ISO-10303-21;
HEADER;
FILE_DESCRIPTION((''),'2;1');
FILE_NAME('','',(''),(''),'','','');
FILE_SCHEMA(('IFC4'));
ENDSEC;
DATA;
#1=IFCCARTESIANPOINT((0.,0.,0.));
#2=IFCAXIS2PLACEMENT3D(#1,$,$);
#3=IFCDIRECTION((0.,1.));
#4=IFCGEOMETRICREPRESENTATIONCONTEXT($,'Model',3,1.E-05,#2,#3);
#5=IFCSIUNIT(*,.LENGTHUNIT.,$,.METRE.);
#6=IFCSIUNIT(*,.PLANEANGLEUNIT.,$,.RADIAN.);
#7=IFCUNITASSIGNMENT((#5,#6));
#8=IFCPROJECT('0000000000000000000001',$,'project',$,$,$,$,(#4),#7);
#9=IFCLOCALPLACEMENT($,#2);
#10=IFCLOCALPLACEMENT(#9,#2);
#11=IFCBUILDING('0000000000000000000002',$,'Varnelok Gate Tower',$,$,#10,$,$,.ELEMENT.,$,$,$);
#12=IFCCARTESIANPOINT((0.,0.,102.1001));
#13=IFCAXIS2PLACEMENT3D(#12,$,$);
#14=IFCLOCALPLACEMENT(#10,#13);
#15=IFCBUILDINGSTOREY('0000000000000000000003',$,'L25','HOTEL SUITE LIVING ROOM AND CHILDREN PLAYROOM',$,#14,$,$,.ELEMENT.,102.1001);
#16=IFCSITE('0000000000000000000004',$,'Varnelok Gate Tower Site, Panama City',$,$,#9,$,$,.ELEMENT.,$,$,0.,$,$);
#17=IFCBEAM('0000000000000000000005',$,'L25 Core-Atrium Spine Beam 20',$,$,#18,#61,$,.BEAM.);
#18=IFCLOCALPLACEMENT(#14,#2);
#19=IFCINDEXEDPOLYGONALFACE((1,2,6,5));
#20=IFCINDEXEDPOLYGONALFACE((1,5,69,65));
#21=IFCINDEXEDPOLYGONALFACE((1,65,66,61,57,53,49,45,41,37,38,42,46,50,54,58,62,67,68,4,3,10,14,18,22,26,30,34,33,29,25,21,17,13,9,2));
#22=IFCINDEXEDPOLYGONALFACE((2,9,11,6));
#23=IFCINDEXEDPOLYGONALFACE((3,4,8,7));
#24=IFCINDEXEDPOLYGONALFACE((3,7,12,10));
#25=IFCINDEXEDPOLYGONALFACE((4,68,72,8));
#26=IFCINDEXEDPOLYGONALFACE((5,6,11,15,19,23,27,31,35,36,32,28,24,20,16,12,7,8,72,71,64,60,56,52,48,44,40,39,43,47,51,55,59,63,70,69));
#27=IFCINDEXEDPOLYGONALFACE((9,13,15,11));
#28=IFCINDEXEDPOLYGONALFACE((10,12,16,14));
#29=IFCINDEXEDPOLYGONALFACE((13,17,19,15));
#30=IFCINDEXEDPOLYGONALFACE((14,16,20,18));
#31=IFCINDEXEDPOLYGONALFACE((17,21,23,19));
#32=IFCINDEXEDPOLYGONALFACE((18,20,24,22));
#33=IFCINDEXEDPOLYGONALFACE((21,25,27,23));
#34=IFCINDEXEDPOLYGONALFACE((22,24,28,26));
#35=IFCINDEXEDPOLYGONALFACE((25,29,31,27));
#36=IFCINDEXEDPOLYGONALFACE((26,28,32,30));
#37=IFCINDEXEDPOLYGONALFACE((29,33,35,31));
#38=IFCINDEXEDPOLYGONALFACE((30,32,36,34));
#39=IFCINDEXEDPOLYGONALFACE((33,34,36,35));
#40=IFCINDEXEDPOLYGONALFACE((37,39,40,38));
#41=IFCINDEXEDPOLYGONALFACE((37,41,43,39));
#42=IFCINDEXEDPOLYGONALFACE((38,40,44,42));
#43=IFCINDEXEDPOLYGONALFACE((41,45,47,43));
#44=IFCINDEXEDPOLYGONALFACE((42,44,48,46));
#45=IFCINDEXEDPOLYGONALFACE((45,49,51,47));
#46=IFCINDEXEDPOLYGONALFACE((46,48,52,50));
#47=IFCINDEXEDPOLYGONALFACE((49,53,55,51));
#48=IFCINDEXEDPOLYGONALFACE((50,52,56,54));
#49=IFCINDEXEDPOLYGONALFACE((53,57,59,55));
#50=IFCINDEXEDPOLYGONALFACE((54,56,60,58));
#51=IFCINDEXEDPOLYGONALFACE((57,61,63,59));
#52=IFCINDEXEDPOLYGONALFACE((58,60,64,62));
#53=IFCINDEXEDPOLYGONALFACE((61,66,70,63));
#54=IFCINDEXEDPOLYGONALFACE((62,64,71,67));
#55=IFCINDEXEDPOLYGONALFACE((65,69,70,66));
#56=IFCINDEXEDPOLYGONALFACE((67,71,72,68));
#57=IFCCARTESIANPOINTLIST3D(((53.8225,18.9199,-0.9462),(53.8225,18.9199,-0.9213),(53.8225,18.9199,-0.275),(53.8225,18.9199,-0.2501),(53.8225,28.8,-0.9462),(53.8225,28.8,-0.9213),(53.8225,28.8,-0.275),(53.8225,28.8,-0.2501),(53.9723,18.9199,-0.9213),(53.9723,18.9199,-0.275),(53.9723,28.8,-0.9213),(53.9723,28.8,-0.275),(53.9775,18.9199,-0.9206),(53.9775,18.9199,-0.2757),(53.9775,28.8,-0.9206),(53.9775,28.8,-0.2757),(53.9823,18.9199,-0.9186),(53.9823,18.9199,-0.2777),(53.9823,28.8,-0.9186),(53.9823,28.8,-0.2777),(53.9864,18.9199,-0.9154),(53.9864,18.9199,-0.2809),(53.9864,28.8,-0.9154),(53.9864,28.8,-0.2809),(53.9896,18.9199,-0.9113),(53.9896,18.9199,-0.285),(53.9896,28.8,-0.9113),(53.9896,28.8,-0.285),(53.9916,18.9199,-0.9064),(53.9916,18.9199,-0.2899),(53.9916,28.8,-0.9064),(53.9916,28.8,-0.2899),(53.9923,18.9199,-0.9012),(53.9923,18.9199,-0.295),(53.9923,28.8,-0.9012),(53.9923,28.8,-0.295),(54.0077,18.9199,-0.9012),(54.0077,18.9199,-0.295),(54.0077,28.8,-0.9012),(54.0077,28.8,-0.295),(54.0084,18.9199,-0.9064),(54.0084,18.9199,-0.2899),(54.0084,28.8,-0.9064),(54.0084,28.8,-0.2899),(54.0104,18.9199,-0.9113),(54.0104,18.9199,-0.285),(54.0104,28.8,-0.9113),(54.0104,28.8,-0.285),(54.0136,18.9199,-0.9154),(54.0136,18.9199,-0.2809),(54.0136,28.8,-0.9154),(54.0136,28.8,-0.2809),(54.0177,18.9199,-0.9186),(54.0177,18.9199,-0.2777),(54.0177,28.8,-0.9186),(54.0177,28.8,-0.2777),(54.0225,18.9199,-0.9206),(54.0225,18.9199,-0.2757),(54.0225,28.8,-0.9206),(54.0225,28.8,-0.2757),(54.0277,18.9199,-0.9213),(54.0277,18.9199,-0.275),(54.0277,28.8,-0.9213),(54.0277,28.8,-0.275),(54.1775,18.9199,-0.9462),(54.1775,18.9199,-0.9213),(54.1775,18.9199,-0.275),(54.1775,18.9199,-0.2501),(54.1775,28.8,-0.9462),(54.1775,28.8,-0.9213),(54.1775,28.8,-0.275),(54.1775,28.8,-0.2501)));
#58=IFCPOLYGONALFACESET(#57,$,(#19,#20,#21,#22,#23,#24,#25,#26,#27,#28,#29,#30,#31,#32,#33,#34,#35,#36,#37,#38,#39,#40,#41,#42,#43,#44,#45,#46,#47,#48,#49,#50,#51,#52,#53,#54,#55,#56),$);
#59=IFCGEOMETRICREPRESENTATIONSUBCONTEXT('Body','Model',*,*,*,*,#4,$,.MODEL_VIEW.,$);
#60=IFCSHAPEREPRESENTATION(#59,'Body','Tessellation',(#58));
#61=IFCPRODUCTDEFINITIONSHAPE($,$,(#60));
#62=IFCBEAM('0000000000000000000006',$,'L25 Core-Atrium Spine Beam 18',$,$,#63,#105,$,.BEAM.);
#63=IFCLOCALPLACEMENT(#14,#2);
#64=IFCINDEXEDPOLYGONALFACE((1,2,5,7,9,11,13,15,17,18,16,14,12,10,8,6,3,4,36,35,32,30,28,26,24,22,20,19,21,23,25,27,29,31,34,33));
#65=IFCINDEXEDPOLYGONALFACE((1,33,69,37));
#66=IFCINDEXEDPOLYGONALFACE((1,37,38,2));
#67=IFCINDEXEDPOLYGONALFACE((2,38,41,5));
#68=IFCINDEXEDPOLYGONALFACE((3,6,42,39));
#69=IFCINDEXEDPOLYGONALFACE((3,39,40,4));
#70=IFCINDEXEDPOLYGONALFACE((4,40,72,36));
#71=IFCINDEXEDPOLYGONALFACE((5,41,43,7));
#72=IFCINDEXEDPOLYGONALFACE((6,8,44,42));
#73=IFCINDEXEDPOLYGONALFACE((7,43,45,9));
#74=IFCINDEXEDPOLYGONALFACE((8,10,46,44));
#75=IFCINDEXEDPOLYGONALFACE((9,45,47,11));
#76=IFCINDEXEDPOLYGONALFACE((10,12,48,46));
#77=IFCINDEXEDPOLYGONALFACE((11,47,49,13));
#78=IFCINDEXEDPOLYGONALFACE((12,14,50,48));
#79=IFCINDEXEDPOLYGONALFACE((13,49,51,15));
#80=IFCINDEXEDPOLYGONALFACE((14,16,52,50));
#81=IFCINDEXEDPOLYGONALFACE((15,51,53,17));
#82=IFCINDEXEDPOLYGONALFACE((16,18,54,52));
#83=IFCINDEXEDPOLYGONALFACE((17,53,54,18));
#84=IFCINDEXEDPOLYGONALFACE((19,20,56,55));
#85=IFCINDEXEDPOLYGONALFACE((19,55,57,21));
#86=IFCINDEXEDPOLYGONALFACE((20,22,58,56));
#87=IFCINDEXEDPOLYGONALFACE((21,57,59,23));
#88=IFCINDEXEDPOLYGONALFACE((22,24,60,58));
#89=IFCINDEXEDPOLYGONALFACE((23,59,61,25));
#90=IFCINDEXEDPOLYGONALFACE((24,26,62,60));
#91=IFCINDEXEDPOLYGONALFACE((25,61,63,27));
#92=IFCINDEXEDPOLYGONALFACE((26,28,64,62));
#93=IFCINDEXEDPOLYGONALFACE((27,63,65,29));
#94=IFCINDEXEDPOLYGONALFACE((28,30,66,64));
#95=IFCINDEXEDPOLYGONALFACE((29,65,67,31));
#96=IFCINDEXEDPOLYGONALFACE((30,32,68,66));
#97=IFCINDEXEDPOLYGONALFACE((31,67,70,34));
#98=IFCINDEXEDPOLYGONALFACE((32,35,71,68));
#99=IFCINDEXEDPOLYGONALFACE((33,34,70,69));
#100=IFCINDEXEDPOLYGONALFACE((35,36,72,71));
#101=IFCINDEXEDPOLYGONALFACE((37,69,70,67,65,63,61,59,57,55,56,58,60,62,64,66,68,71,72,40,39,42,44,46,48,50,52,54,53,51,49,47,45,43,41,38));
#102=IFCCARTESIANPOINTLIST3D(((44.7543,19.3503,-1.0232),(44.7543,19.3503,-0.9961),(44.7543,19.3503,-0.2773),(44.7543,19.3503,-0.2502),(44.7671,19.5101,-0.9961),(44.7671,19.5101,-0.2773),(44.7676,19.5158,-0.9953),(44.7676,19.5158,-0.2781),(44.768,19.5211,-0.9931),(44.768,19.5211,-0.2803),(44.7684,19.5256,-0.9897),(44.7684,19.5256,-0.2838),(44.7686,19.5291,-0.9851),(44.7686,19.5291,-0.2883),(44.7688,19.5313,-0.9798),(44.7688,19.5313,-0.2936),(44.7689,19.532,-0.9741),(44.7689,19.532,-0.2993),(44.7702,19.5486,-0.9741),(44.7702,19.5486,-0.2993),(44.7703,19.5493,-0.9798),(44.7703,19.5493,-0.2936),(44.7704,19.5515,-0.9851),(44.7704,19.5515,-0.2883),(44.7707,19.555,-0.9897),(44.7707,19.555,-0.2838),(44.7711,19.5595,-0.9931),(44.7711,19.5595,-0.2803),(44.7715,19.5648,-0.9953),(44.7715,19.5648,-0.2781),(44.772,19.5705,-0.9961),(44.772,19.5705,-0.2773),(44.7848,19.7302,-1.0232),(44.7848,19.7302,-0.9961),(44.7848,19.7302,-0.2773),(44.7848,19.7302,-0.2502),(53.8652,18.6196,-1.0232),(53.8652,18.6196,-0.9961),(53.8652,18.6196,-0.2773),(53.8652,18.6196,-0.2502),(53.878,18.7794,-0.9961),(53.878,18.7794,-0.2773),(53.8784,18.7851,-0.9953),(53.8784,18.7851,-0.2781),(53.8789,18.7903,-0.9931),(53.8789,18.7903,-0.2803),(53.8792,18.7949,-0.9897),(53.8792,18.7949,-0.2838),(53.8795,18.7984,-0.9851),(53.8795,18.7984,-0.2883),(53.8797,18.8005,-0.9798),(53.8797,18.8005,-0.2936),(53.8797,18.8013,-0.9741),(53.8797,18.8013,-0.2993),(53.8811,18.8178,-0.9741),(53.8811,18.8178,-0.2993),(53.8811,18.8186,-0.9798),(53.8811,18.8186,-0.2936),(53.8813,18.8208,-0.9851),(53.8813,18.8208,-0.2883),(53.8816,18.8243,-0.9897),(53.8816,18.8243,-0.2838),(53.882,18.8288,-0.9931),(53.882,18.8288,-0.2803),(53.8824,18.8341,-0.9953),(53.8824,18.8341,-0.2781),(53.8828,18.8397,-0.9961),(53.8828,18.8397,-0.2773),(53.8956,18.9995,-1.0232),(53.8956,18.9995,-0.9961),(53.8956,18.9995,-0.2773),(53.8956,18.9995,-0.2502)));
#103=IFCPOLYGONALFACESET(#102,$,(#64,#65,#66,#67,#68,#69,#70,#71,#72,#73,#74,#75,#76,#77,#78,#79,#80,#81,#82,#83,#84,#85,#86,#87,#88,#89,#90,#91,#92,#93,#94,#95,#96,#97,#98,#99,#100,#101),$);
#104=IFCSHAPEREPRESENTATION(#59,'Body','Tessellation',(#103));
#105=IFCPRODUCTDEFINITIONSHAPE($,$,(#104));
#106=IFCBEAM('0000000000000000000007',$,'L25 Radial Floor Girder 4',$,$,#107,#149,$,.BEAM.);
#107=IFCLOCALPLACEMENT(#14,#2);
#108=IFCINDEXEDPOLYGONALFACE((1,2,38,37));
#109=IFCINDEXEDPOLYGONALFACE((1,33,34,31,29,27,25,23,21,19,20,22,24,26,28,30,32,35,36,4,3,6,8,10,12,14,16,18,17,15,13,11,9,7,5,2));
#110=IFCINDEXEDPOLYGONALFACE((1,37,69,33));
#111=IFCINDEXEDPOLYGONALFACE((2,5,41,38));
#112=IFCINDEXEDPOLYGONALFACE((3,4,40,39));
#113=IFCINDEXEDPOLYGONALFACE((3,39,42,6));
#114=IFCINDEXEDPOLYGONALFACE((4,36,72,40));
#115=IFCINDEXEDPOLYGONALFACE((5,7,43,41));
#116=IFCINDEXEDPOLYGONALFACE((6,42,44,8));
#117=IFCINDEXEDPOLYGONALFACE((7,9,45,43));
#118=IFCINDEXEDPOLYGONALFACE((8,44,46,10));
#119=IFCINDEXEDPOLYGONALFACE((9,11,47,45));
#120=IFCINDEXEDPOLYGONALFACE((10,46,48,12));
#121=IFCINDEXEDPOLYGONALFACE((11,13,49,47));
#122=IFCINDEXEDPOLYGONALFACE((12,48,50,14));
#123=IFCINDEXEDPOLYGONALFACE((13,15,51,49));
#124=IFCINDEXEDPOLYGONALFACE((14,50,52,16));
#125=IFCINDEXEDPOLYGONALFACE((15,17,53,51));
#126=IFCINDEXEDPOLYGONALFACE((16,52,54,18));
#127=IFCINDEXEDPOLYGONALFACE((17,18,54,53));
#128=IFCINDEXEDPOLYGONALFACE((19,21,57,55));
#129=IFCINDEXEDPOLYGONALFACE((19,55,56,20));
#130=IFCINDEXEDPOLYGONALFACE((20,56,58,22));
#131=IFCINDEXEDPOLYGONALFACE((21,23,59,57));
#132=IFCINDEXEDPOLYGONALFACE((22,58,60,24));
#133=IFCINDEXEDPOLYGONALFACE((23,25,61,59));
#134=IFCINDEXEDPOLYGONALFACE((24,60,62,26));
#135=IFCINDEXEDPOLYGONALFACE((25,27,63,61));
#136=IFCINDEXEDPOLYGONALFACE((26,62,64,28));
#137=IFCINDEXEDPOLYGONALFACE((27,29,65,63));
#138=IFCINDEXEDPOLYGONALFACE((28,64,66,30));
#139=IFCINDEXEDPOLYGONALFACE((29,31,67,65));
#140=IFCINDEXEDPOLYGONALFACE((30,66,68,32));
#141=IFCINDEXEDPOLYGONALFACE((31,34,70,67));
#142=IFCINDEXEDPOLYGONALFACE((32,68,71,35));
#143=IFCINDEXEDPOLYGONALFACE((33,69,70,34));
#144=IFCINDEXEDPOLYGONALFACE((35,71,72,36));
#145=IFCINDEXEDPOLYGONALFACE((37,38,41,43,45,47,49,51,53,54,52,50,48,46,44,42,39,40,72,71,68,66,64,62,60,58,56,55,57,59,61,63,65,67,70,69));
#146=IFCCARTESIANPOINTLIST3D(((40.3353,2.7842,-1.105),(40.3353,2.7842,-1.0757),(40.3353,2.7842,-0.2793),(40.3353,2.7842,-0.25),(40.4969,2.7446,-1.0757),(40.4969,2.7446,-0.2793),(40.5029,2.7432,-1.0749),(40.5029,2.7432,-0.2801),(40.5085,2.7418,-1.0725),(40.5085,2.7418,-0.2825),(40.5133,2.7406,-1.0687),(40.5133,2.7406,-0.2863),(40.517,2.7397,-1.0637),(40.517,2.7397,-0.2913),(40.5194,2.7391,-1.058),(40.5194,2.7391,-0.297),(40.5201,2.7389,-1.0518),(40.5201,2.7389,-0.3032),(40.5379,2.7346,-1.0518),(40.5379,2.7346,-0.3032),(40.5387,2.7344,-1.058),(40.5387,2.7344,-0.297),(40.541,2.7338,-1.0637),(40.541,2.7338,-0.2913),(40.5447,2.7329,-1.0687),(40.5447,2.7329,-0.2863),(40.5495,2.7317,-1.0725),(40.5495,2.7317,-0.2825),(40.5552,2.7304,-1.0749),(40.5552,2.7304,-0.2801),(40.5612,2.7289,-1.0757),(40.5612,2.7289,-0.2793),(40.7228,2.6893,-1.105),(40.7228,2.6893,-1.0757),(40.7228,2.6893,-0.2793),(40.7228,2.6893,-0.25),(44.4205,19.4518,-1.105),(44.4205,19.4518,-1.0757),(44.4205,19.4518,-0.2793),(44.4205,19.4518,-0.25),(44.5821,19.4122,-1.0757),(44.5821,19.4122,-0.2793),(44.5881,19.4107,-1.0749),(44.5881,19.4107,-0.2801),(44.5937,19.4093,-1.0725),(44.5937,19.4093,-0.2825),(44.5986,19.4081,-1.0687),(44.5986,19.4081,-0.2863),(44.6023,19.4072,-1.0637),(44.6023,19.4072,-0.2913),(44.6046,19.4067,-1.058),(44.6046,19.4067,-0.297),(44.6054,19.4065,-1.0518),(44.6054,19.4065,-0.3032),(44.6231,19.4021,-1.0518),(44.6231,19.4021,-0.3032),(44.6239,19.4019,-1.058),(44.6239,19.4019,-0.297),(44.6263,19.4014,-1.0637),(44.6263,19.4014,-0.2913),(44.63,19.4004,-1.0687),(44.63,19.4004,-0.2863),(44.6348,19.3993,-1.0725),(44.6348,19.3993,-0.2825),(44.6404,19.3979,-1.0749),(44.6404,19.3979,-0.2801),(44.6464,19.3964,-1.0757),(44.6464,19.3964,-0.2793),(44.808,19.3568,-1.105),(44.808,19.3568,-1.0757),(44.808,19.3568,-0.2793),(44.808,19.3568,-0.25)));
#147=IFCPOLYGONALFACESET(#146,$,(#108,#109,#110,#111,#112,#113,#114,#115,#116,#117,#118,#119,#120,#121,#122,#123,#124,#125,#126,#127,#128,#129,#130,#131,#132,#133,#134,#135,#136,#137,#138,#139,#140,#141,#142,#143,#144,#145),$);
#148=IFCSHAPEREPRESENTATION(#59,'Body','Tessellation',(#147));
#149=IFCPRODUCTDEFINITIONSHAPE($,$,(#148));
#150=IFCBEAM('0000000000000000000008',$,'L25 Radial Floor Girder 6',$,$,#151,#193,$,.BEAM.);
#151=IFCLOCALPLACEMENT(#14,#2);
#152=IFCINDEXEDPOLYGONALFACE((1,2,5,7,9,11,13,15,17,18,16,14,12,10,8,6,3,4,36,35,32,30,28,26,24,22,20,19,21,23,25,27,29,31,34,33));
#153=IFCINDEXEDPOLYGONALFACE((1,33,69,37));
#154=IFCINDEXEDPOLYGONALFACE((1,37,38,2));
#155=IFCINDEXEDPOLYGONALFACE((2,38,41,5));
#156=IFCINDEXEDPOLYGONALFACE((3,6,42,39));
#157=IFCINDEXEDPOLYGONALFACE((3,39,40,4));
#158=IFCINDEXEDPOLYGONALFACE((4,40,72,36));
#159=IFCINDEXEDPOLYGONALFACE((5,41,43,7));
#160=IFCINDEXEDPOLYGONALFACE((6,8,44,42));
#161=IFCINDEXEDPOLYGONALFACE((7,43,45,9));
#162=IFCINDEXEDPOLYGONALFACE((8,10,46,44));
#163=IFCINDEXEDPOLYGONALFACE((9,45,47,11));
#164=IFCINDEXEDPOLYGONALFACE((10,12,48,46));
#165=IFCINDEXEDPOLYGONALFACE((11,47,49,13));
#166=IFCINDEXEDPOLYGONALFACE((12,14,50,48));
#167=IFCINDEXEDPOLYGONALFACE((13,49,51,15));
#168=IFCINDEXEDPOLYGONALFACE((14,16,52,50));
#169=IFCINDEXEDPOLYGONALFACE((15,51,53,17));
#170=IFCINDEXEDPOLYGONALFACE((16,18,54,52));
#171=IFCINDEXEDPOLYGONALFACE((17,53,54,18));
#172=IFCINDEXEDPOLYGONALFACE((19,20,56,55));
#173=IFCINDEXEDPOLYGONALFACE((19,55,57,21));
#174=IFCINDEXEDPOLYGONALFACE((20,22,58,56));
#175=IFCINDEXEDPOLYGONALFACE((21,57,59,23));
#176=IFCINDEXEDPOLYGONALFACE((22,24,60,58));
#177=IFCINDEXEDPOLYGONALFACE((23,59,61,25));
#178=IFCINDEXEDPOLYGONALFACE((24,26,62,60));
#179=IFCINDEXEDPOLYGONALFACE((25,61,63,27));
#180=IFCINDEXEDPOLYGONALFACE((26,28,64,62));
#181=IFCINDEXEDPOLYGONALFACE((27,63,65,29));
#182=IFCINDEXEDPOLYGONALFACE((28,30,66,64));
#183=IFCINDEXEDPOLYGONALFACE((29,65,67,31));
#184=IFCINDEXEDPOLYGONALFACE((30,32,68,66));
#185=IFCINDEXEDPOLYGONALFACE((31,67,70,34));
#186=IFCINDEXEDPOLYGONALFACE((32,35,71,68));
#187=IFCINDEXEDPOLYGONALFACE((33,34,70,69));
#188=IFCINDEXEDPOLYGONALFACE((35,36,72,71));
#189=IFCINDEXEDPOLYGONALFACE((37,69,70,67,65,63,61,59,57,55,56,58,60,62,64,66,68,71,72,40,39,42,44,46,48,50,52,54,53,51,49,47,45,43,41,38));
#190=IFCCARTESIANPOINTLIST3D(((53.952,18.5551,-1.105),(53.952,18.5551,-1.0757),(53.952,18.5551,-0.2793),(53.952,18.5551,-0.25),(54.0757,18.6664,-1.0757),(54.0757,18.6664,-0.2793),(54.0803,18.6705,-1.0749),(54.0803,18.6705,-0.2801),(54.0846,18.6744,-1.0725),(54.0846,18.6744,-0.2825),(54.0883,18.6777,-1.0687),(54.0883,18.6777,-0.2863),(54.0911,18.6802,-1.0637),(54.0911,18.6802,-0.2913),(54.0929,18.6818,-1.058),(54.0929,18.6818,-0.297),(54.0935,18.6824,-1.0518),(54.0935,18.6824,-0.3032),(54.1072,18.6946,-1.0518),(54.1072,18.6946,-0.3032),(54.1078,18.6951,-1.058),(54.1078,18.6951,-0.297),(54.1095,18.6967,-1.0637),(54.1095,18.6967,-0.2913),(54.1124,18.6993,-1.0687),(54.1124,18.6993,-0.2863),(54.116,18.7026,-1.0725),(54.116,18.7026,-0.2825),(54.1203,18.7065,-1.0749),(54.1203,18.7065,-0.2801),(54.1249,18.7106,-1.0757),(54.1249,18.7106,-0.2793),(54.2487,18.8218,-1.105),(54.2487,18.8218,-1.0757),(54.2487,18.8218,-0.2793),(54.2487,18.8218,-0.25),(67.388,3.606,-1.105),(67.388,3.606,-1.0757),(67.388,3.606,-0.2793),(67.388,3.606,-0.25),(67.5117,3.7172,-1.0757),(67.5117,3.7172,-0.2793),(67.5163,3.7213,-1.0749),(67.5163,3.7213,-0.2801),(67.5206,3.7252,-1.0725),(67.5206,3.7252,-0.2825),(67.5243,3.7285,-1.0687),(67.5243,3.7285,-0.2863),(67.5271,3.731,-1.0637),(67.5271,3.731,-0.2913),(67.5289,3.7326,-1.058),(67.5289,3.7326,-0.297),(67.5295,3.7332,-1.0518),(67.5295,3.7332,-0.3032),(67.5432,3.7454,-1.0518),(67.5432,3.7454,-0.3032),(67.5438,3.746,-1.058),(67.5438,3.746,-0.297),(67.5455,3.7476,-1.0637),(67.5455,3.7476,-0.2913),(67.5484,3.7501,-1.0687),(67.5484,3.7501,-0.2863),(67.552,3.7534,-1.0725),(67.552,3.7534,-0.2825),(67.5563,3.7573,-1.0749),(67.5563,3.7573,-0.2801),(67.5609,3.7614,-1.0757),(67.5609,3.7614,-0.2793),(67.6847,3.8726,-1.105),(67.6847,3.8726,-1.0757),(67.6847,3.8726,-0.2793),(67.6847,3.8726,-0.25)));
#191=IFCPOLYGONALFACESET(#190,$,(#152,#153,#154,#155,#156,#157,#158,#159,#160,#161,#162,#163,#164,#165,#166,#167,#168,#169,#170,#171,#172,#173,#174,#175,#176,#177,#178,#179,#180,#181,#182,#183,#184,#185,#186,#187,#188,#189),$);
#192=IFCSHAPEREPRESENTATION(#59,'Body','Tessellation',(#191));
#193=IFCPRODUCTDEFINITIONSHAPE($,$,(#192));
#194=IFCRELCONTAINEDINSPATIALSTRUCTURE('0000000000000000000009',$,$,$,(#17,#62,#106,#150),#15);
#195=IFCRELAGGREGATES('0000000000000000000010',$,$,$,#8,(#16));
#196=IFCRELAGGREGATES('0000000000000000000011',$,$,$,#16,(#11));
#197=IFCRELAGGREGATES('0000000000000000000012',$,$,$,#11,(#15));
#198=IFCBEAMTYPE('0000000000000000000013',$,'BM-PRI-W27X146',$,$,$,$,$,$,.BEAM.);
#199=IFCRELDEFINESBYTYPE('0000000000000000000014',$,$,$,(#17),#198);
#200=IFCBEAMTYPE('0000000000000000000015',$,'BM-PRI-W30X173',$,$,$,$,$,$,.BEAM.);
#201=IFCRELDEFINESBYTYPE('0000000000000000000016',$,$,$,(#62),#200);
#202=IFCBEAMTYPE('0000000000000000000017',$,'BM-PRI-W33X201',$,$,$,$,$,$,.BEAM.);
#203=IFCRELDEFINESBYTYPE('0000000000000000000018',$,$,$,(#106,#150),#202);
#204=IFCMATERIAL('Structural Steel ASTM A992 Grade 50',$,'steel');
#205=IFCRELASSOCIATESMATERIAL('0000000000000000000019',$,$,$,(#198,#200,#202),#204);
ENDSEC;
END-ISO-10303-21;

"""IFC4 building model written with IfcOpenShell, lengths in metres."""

from ifc_helpers import new_model, si_unit, direction, frame, origin, origin_2d, place, context, subcontext, project, spatial, i_section, extrude, material, material_profile, profile_set, type_object, element, save


model = new_model("IFC4")

# Units and contexts
model_context = context("Model", 3, precision=1e-05, world=origin(), true_north=direction((0.0, 1.0)))
body_context = subcontext(model_context, "Body", "Model", "MODEL_VIEW")
ifc_project = project(units=[si_unit("LENGTHUNIT", "METRE"), si_unit("PLANEANGLEUNIT", "RADIAN")], contexts=[model_context])

# Site, building, storey
site_placement = place(None, origin())
site = spatial("IfcSite", under=ifc_project, at=site_placement, Name="Varnelok Gate Tower Site, Panama City", CompositionType="ELEMENT", RefElevation=0.0)
building_placement = place(site_placement, origin())
building = spatial("IfcBuilding", under=site, at=building_placement, Name="Varnelok Gate Tower", CompositionType="ELEMENT")
storey_placement = place(building_placement, frame((0.0, 0.0, 102.1001)))
storey = spatial("IfcBuildingStorey", under=building, at=storey_placement, Name="L25", Description="HOTEL SUITE LIVING ROOM AND CHILDREN PLAYROOM", CompositionType="ELEMENT", Elevation=102.1001)

# Shared definitions
ifc_material_1 = material(Name="Structural Steel ASTM A992 Grade 50", Category="steel")

# Beams
ifc_material_profile_1 = material_profile(ifc_material_1, i_section(OverallWidth=0.355, OverallDepth=0.696, WebThickness=0.0154, FlangeThickness=0.0249, FilletRadius=0.02, at=origin_2d()), Name="W27X146")
ifc_profile_set_1 = profile_set([ifc_material_profile_1], Name="Structural Steel ASTM A992 Grade 50")
beam_type_1 = type_object("IfcBeamType", Name="BM-PRI-W27X146", PredefinedType="BEAM", material=ifc_profile_set_1)
beam_1_placement = place(storey_placement, frame((54.0, 18.9199, -0.5981), z_axis=(0.0, 1.0, 0.0), x_axis=(-1.0, 0.0, 0.0)))
element("IfcBeam", 1, at=beam_1_placement, inside=storey, type_object=beam_type_1, Name="L25 Core-Atrium Spine Beam 20", PredefinedType="BEAM", context=body_context, shape_type="SweptSolid", body=[
    extrude(i_section(OverallWidth=0.355, OverallDepth=0.696, WebThickness=0.0154, FlangeThickness=0.0249, FilletRadius=0.02, at=origin_2d()), origin(), (0.0, 0.0, 1.0), 9.8801),
])
ifc_material_profile_2 = material_profile(ifc_material_1, i_section(OverallWidth=0.3811, OverallDepth=0.7729, WebThickness=0.0166, FlangeThickness=0.0271, FilletRadius=0.022, at=origin_2d()), Name="W30X173")
ifc_profile_set_2 = profile_set([ifc_material_profile_2], Name="Structural Steel ASTM A992 Grade 50")
beam_type_2 = type_object("IfcBeamType", Name="BM-PRI-W30X173", PredefinedType="BEAM", material=ifc_profile_set_2)
beam_2_placement = place(storey_placement, frame((44.7695, 19.5403, -0.6367), z_axis=(0.996799, -0.079946, 0.0), x_axis=(0.079946, 0.996799, 0.0)))
element("IfcBeam", 2, at=beam_2_placement, inside=storey, type_object=beam_type_2, Name="L25 Core-Atrium Spine Beam 18", PredefinedType="BEAM", context=body_context, shape_type="SweptSolid", body=[
    extrude(i_section(OverallWidth=0.3811, OverallDepth=0.7729, WebThickness=0.0166, FlangeThickness=0.0271, FilletRadius=0.022, at=origin_2d()), origin(), (0.0, 0.0, 1.0), 9.1401),
])
ifc_material_profile_3 = material_profile(ifc_material_1, i_section(OverallWidth=0.3989, OverallDepth=0.855, WebThickness=0.0183, FlangeThickness=0.0293, FilletRadius=0.0239, at=origin_2d()), Name="W33X201")
ifc_profile_set_3 = profile_set([ifc_material_profile_3], Name="Structural Steel ASTM A992 Grade 50")
beam_type_3 = type_object("IfcBeamType", Name="BM-PRI-W33X201", PredefinedType="BEAM", material=ifc_profile_set_3)
beam_3_placement = place(storey_placement, frame((44.6143, 19.4043, -0.6775), z_axis=(-0.238054, -0.971252, 0.0), x_axis=(0.971252, -0.238054, 0.0)))
element("IfcBeam", 3, at=beam_3_placement, inside=storey, type_object=beam_type_3, Name="L25 Radial Floor Girder 4", PredefinedType="BEAM", context=body_context, shape_type="SweptSolid", body=[
    extrude(i_section(OverallWidth=0.3989, OverallDepth=0.855, WebThickness=0.0183, FlangeThickness=0.0293, FilletRadius=0.0239, at=origin_2d()), origin(), (0.0, 0.0, 1.0), 17.1609),
])
beam_4_placement = place(storey_placement, frame((54.1003, 18.6885, -0.6775), z_axis=(0.668463, -0.743746, 0.0), x_axis=(0.743746, 0.668463, 0.0)))
element("IfcBeam", 4, at=beam_4_placement, inside=storey, type_object=beam_type_3, Name="L25 Radial Floor Girder 6", PredefinedType="BEAM", context=body_context, shape_type="SweptSolid", body=[
    extrude(i_section(OverallWidth=0.3989, OverallDepth=0.855, WebThickness=0.0183, FlangeThickness=0.0293, FilletRadius=0.0239, at=origin_2d()), origin(), (0.0, 0.0, 1.0), 20.0999),
])

save(model, "model.ifc")
